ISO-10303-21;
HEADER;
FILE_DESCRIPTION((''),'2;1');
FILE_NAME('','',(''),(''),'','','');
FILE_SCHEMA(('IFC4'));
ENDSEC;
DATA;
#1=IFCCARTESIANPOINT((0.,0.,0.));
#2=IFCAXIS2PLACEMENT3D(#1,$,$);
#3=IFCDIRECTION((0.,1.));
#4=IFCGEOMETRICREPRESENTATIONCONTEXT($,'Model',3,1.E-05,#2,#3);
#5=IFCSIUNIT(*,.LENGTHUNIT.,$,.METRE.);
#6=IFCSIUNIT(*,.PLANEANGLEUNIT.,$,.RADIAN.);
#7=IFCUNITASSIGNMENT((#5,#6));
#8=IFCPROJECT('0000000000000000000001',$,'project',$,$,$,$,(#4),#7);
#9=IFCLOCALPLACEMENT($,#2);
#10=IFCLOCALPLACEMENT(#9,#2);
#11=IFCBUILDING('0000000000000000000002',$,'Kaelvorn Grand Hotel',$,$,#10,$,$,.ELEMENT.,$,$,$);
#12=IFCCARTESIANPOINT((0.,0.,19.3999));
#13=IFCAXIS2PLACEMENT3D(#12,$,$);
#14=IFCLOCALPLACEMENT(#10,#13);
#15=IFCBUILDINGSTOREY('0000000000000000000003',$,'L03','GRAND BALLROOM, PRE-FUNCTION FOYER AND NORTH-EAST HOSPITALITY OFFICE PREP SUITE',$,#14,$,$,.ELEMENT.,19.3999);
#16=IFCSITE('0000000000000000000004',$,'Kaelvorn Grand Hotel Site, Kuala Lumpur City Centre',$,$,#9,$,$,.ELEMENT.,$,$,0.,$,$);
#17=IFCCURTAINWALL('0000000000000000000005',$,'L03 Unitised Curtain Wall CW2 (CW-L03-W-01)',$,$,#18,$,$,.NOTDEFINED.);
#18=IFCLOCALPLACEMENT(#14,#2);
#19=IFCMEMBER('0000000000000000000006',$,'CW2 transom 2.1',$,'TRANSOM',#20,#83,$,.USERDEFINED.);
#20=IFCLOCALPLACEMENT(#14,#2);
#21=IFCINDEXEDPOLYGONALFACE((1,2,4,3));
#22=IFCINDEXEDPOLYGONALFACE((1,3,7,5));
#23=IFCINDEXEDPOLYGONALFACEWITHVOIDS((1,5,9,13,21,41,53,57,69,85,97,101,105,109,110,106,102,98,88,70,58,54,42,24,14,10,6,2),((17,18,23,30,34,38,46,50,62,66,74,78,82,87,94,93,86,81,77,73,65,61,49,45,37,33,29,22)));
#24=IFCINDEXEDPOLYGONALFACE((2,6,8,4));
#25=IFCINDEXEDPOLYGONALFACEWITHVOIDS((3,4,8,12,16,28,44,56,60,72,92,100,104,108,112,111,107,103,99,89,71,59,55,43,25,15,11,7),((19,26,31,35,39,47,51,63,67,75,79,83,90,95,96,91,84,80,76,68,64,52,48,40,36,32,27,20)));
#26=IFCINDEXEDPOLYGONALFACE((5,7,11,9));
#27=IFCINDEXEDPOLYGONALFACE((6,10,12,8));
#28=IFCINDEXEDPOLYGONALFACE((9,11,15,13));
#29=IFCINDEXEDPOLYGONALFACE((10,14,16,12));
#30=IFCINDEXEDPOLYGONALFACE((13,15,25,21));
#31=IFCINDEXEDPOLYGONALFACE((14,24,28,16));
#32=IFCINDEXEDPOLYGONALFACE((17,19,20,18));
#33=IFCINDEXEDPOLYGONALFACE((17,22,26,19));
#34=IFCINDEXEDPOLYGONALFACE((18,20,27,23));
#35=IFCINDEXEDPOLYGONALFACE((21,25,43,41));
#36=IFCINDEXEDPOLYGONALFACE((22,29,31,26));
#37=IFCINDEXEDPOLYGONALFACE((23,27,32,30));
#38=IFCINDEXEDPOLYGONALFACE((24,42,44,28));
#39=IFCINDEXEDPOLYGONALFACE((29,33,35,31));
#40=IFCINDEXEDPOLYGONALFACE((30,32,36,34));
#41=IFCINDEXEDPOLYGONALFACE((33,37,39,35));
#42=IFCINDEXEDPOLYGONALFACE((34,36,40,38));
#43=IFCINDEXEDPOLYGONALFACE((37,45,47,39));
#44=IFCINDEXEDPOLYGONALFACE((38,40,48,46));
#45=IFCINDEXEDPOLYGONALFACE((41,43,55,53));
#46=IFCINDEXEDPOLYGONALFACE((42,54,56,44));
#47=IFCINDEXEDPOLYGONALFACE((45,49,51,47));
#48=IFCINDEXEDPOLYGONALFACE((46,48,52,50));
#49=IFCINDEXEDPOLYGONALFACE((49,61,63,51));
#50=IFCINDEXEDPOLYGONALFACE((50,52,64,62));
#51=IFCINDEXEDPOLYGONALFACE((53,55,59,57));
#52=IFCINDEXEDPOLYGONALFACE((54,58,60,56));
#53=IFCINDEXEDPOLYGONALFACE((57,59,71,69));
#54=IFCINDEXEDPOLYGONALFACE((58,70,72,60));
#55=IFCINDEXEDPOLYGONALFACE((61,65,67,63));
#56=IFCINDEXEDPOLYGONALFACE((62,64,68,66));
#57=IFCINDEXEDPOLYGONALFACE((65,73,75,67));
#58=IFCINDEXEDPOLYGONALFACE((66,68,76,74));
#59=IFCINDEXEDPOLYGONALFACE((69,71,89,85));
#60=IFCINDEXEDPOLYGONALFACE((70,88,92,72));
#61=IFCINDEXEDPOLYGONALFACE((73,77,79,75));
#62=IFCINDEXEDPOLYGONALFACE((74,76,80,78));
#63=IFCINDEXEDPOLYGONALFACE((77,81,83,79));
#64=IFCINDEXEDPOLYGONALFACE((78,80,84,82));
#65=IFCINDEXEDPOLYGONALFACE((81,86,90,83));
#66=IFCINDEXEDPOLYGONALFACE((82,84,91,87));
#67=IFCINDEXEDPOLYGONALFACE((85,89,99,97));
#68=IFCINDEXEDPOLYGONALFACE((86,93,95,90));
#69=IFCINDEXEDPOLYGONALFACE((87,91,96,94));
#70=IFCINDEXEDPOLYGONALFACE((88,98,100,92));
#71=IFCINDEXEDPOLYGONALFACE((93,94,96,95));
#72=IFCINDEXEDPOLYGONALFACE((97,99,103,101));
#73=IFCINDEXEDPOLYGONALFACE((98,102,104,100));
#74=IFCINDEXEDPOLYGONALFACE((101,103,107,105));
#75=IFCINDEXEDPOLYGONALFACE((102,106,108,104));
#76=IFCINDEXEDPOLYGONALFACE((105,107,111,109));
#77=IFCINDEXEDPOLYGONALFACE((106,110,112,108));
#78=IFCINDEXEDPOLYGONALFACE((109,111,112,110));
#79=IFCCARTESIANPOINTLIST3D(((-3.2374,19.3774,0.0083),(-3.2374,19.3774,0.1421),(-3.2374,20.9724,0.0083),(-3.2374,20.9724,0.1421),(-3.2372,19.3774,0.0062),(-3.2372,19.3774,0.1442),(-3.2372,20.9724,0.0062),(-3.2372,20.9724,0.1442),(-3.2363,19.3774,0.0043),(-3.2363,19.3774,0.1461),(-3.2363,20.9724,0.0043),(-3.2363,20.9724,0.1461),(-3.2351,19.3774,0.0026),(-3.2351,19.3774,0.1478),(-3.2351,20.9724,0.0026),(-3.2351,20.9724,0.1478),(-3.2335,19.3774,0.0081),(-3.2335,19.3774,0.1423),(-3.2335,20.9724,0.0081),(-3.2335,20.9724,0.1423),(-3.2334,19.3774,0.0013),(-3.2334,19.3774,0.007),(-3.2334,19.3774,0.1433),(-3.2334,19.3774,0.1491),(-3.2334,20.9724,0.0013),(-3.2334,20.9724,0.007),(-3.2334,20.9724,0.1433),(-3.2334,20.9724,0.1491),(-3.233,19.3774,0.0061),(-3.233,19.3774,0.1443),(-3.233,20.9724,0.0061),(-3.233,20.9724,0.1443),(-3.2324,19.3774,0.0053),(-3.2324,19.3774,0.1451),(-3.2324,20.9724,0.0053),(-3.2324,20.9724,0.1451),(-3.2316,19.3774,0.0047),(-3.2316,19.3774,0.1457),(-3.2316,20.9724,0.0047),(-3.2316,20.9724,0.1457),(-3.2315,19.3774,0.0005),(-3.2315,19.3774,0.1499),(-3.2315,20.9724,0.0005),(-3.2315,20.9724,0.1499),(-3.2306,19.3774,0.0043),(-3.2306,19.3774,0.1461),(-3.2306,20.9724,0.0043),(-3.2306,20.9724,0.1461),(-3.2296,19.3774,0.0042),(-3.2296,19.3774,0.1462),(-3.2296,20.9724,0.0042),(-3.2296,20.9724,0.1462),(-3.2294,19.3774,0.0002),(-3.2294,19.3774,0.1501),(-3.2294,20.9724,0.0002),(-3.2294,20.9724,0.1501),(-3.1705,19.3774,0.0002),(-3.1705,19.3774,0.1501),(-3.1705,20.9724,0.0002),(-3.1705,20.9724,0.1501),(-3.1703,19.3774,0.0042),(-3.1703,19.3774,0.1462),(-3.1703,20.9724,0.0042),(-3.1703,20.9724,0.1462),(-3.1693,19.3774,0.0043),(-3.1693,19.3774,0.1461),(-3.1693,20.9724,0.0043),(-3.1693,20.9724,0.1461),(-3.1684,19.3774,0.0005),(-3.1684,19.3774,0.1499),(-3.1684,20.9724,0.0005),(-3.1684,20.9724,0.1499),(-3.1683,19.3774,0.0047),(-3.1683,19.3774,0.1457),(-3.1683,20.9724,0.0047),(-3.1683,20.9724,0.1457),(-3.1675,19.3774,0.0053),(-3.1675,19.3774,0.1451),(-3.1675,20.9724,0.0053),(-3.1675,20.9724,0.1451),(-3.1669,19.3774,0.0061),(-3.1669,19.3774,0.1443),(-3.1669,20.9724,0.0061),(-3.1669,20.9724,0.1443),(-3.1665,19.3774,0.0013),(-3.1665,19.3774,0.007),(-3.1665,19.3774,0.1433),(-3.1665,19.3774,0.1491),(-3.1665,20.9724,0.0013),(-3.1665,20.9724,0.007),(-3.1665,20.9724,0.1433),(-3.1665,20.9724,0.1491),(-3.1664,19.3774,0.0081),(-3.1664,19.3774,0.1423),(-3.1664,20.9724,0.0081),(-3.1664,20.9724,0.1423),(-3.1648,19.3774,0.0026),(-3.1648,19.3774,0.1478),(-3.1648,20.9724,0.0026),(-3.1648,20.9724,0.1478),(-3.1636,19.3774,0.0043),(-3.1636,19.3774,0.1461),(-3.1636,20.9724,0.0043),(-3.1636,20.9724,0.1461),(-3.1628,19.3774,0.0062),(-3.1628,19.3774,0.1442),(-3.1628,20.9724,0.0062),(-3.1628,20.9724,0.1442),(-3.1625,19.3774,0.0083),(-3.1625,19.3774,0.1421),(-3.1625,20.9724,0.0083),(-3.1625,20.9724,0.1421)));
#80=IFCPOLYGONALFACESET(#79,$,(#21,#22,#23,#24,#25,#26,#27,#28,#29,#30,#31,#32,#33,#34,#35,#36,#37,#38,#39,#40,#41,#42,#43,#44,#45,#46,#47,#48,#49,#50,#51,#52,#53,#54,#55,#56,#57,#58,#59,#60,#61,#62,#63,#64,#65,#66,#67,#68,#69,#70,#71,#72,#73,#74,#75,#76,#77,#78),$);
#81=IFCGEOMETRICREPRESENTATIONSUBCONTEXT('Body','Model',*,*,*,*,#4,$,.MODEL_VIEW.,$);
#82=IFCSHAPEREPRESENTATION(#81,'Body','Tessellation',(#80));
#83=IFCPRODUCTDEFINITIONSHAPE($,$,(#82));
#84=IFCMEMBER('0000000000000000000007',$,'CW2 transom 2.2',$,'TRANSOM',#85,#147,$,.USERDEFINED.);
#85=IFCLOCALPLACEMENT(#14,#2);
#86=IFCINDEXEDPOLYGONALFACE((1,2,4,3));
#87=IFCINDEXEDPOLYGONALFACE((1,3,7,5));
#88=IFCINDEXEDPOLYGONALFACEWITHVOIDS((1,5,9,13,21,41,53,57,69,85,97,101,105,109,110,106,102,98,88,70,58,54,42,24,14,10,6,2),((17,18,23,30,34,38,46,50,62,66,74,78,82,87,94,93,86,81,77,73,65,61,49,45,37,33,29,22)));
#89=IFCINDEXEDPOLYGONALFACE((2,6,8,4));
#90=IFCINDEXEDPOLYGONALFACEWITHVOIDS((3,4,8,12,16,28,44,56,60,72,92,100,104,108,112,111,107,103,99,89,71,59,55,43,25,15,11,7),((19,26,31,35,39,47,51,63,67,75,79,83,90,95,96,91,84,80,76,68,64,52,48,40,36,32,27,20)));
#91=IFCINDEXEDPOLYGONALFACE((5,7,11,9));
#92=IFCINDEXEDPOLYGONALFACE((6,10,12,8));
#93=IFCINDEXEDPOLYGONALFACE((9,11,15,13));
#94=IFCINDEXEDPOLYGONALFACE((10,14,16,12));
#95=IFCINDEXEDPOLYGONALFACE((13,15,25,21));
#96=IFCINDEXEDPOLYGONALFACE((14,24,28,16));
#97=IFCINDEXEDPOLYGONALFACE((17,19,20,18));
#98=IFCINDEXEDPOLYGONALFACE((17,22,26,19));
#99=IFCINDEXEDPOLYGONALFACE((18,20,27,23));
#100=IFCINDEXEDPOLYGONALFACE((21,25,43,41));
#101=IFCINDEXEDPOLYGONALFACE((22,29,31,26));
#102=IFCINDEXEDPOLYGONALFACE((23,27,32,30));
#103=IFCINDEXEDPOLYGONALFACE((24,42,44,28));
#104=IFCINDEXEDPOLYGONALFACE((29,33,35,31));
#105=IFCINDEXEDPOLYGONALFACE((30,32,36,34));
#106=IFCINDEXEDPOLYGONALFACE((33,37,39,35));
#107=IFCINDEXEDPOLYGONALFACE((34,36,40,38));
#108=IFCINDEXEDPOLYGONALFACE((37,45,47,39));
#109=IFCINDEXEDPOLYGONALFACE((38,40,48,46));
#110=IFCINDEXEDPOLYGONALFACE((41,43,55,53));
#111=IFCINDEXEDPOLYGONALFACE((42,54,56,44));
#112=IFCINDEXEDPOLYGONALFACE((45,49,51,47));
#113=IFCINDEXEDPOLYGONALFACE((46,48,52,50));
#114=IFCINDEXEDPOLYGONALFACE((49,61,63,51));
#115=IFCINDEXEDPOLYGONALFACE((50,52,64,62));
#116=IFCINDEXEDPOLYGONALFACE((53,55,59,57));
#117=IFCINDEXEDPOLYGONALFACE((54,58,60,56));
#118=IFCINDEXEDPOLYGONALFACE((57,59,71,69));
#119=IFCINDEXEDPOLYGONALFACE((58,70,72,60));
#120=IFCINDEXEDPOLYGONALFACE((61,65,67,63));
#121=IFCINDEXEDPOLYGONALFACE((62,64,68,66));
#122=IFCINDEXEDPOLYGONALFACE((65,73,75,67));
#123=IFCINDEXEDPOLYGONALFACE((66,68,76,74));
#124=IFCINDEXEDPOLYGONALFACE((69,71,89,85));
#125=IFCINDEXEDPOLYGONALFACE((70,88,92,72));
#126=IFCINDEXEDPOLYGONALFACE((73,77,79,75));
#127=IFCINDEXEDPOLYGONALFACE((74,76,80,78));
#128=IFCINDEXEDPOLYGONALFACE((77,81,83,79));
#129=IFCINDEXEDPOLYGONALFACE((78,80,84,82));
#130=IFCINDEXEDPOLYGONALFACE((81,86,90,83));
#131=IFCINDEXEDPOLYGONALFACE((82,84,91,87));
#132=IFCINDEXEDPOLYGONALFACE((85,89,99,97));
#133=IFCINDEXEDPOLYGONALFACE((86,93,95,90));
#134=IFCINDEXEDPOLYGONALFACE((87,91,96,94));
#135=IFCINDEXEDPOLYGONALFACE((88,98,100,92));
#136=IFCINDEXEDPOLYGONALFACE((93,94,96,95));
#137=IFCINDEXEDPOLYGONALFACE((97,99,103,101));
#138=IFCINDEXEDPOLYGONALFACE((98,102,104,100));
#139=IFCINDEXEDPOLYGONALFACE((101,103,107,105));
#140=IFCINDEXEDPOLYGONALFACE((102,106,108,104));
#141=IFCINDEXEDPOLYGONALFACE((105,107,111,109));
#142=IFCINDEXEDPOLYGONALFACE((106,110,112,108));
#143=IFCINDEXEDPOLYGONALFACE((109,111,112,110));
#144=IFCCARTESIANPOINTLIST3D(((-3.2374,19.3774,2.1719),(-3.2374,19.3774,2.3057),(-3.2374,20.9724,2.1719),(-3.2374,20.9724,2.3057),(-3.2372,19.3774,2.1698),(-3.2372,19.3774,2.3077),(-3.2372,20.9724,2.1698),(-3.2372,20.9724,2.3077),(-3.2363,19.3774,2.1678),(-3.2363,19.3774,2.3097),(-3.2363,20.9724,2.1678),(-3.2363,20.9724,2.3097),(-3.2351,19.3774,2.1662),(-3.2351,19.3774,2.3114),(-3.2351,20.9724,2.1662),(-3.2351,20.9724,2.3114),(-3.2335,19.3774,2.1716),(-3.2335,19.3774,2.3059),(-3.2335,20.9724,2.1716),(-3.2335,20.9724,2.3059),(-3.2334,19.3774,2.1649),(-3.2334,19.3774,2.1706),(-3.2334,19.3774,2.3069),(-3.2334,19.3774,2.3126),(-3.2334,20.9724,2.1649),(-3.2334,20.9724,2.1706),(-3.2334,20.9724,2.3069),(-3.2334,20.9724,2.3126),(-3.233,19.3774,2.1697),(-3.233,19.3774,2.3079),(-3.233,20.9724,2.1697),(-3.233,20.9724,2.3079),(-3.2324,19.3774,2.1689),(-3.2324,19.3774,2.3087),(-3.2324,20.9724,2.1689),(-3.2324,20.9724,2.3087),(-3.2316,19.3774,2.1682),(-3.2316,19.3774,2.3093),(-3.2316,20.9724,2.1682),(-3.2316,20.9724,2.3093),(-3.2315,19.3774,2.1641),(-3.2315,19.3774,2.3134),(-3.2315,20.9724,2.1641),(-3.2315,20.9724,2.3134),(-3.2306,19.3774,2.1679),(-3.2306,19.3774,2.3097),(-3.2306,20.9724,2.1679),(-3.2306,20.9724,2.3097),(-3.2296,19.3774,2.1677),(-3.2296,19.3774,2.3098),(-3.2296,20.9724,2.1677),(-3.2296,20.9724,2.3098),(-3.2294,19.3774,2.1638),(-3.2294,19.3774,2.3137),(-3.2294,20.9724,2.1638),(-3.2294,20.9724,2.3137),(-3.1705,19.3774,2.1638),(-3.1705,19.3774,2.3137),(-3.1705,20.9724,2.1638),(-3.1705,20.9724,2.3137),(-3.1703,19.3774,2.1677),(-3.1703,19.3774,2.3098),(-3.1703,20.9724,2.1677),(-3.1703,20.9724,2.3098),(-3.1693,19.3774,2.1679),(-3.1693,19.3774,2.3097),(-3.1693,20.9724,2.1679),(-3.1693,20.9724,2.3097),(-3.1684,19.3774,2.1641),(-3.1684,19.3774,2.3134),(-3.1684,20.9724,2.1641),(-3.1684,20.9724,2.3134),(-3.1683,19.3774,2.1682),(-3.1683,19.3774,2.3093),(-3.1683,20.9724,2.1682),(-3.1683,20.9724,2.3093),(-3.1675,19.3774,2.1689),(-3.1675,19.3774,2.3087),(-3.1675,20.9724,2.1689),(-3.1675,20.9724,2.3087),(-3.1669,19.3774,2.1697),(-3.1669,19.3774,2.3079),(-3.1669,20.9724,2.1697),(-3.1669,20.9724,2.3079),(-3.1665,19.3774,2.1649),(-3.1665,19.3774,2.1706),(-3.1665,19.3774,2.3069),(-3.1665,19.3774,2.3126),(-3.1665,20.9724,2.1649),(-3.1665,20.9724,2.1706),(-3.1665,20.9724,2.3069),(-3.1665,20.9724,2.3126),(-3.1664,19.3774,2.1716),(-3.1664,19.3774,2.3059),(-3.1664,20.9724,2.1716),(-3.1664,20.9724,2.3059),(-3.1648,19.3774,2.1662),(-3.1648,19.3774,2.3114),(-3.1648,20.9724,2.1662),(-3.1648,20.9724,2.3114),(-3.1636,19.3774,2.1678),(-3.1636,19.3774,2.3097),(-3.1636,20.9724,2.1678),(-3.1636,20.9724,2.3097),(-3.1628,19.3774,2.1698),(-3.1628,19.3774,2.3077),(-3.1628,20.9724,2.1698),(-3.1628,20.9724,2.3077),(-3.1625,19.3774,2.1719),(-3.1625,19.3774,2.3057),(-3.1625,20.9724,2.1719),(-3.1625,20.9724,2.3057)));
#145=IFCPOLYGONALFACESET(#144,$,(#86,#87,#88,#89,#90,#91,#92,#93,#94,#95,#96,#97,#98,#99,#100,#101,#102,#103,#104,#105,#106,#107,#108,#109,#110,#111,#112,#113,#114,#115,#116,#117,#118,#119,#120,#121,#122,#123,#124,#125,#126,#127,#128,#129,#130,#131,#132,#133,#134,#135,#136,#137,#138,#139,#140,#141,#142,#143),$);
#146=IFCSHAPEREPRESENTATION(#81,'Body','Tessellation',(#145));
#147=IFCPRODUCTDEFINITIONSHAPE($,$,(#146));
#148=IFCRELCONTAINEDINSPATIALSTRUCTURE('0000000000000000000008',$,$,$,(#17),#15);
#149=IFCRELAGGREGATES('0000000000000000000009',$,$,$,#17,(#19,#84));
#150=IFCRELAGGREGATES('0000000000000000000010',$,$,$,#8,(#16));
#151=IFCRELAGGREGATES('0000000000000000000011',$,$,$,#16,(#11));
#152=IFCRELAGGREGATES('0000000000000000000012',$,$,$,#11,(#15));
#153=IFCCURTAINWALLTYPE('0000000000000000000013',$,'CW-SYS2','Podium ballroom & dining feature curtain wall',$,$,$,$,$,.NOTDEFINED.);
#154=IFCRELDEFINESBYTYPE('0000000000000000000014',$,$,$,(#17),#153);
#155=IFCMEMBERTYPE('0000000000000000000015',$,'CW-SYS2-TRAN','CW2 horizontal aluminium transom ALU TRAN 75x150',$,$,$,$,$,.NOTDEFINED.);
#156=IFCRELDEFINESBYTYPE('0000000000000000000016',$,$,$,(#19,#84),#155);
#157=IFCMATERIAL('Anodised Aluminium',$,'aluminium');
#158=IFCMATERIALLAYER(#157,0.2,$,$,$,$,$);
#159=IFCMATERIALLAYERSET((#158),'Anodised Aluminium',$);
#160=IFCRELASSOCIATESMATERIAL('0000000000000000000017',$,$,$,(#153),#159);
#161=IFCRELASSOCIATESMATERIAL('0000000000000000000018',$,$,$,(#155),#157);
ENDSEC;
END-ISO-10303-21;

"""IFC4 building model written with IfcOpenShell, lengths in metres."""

from ifc_helpers import new_model, si_unit, direction, frame, origin, origin_2d, place, context, subcontext, project, spatial, hollow_rectangle, extrude, material, layer, layer_set, material_profile, profile_set, type_object, element, aggregate, save


model = new_model("IFC4")

# Units and contexts
model_context = context("Model", 3, precision=1e-05, world=origin(), true_north=direction((0.0, 1.0)))
body_context = subcontext(model_context, "Body", "Model", "MODEL_VIEW")
ifc_project = project(units=[si_unit("LENGTHUNIT", "METRE"), si_unit("PLANEANGLEUNIT", "RADIAN")], contexts=[model_context])

# Site, building, storey
site_placement = place(None, origin())
site = spatial("IfcSite", under=ifc_project, at=site_placement, Name="Kaelvorn Grand Hotel Site, Kuala Lumpur City Centre", CompositionType="ELEMENT", RefElevation=0.0)
building_placement = place(site_placement, origin())
building = spatial("IfcBuilding", under=site, at=building_placement, Name="Kaelvorn Grand Hotel", CompositionType="ELEMENT")
storey_placement = place(building_placement, frame((0.0, 0.0, 19.3999)))
storey = spatial("IfcBuildingStorey", under=building, at=storey_placement, Name="L03", Description="GRAND BALLROOM, PRE-FUNCTION FOYER AND NORTH-EAST HOSPITALITY OFFICE PREP SUITE", CompositionType="ELEMENT", Elevation=19.3999)

# Curtain wall, members
ifc_material_1 = material(Name="Anodised Aluminium", Category="aluminium")
ifc_layer_1 = layer(ifc_material_1, 0.2)
ifc_layer_set_1 = layer_set([ifc_layer_1], Name="Anodised Aluminium")
curtain_wall_type = type_object("IfcCurtainWallType", Name="CW-SYS2", Description="Podium ballroom & dining feature curtain wall", PredefinedType="NOTDEFINED", material=ifc_layer_set_1)
curtain_wall_placement = place(storey_placement, origin())
curtain_wall = element("IfcCurtainWall", 1, at=curtain_wall_placement, inside=storey, type_object=curtain_wall_type, Name="L03 Unitised Curtain Wall CW2 (CW-L03-W-01)", PredefinedType="NOTDEFINED")
ifc_material_profile_1 = material_profile(ifc_material_1, hollow_rectangle(XDim=0.075, YDim=0.1499, WallThickness=0.0039, InnerFilletRadius=0.0039, OuterFilletRadius=0.0081, at=origin_2d()), Name="ALU TRAN 75x150")
ifc_profile_set_1 = profile_set([ifc_material_profile_1], Name="Anodised Aluminium")
member_type_1 = type_object("IfcMemberType", Name="CW-SYS2-TRAN", Description="CW2 horizontal aluminium transom ALU TRAN 75x150", PredefinedType="NOTDEFINED", material=ifc_profile_set_1)
member_1_placement = place(storey_placement, frame((-3.2, 20.9724, 0.0752), z_axis=(0.0, -1.0, 0.0), x_axis=(1.0, 0.0, 0.0)))
member_1 = element("IfcMember", 2, at=member_1_placement, type_object=member_type_1, Name="CW2 transom 2.1", ObjectType="TRANSOM", PredefinedType="USERDEFINED", context=body_context, shape_type="SweptSolid", body=[
    extrude(hollow_rectangle(XDim=0.075, YDim=0.1499, WallThickness=0.0039, InnerFilletRadius=0.0039, OuterFilletRadius=0.0081, at=origin_2d()), origin(), (0.0, 0.0, 1.0), 1.595),
])
member_2_placement = place(storey_placement, frame((-3.2, 20.9724, 2.2388), z_axis=(0.0, -1.0, 0.0), x_axis=(1.0, 0.0, 0.0)))
member_2 = element("IfcMember", 3, at=member_2_placement, type_object=member_type_1, Name="CW2 transom 2.2", ObjectType="TRANSOM", PredefinedType="USERDEFINED", context=body_context, shape_type="SweptSolid", body=[
    extrude(hollow_rectangle(XDim=0.075, YDim=0.1499, WallThickness=0.0039, InnerFilletRadius=0.0039, OuterFilletRadius=0.0081, at=origin_2d()), origin(), (0.0, 0.0, 1.0), 1.595),
])
aggregate(curtain_wall, [member_1, member_2])

save(model, "model.ifc")
